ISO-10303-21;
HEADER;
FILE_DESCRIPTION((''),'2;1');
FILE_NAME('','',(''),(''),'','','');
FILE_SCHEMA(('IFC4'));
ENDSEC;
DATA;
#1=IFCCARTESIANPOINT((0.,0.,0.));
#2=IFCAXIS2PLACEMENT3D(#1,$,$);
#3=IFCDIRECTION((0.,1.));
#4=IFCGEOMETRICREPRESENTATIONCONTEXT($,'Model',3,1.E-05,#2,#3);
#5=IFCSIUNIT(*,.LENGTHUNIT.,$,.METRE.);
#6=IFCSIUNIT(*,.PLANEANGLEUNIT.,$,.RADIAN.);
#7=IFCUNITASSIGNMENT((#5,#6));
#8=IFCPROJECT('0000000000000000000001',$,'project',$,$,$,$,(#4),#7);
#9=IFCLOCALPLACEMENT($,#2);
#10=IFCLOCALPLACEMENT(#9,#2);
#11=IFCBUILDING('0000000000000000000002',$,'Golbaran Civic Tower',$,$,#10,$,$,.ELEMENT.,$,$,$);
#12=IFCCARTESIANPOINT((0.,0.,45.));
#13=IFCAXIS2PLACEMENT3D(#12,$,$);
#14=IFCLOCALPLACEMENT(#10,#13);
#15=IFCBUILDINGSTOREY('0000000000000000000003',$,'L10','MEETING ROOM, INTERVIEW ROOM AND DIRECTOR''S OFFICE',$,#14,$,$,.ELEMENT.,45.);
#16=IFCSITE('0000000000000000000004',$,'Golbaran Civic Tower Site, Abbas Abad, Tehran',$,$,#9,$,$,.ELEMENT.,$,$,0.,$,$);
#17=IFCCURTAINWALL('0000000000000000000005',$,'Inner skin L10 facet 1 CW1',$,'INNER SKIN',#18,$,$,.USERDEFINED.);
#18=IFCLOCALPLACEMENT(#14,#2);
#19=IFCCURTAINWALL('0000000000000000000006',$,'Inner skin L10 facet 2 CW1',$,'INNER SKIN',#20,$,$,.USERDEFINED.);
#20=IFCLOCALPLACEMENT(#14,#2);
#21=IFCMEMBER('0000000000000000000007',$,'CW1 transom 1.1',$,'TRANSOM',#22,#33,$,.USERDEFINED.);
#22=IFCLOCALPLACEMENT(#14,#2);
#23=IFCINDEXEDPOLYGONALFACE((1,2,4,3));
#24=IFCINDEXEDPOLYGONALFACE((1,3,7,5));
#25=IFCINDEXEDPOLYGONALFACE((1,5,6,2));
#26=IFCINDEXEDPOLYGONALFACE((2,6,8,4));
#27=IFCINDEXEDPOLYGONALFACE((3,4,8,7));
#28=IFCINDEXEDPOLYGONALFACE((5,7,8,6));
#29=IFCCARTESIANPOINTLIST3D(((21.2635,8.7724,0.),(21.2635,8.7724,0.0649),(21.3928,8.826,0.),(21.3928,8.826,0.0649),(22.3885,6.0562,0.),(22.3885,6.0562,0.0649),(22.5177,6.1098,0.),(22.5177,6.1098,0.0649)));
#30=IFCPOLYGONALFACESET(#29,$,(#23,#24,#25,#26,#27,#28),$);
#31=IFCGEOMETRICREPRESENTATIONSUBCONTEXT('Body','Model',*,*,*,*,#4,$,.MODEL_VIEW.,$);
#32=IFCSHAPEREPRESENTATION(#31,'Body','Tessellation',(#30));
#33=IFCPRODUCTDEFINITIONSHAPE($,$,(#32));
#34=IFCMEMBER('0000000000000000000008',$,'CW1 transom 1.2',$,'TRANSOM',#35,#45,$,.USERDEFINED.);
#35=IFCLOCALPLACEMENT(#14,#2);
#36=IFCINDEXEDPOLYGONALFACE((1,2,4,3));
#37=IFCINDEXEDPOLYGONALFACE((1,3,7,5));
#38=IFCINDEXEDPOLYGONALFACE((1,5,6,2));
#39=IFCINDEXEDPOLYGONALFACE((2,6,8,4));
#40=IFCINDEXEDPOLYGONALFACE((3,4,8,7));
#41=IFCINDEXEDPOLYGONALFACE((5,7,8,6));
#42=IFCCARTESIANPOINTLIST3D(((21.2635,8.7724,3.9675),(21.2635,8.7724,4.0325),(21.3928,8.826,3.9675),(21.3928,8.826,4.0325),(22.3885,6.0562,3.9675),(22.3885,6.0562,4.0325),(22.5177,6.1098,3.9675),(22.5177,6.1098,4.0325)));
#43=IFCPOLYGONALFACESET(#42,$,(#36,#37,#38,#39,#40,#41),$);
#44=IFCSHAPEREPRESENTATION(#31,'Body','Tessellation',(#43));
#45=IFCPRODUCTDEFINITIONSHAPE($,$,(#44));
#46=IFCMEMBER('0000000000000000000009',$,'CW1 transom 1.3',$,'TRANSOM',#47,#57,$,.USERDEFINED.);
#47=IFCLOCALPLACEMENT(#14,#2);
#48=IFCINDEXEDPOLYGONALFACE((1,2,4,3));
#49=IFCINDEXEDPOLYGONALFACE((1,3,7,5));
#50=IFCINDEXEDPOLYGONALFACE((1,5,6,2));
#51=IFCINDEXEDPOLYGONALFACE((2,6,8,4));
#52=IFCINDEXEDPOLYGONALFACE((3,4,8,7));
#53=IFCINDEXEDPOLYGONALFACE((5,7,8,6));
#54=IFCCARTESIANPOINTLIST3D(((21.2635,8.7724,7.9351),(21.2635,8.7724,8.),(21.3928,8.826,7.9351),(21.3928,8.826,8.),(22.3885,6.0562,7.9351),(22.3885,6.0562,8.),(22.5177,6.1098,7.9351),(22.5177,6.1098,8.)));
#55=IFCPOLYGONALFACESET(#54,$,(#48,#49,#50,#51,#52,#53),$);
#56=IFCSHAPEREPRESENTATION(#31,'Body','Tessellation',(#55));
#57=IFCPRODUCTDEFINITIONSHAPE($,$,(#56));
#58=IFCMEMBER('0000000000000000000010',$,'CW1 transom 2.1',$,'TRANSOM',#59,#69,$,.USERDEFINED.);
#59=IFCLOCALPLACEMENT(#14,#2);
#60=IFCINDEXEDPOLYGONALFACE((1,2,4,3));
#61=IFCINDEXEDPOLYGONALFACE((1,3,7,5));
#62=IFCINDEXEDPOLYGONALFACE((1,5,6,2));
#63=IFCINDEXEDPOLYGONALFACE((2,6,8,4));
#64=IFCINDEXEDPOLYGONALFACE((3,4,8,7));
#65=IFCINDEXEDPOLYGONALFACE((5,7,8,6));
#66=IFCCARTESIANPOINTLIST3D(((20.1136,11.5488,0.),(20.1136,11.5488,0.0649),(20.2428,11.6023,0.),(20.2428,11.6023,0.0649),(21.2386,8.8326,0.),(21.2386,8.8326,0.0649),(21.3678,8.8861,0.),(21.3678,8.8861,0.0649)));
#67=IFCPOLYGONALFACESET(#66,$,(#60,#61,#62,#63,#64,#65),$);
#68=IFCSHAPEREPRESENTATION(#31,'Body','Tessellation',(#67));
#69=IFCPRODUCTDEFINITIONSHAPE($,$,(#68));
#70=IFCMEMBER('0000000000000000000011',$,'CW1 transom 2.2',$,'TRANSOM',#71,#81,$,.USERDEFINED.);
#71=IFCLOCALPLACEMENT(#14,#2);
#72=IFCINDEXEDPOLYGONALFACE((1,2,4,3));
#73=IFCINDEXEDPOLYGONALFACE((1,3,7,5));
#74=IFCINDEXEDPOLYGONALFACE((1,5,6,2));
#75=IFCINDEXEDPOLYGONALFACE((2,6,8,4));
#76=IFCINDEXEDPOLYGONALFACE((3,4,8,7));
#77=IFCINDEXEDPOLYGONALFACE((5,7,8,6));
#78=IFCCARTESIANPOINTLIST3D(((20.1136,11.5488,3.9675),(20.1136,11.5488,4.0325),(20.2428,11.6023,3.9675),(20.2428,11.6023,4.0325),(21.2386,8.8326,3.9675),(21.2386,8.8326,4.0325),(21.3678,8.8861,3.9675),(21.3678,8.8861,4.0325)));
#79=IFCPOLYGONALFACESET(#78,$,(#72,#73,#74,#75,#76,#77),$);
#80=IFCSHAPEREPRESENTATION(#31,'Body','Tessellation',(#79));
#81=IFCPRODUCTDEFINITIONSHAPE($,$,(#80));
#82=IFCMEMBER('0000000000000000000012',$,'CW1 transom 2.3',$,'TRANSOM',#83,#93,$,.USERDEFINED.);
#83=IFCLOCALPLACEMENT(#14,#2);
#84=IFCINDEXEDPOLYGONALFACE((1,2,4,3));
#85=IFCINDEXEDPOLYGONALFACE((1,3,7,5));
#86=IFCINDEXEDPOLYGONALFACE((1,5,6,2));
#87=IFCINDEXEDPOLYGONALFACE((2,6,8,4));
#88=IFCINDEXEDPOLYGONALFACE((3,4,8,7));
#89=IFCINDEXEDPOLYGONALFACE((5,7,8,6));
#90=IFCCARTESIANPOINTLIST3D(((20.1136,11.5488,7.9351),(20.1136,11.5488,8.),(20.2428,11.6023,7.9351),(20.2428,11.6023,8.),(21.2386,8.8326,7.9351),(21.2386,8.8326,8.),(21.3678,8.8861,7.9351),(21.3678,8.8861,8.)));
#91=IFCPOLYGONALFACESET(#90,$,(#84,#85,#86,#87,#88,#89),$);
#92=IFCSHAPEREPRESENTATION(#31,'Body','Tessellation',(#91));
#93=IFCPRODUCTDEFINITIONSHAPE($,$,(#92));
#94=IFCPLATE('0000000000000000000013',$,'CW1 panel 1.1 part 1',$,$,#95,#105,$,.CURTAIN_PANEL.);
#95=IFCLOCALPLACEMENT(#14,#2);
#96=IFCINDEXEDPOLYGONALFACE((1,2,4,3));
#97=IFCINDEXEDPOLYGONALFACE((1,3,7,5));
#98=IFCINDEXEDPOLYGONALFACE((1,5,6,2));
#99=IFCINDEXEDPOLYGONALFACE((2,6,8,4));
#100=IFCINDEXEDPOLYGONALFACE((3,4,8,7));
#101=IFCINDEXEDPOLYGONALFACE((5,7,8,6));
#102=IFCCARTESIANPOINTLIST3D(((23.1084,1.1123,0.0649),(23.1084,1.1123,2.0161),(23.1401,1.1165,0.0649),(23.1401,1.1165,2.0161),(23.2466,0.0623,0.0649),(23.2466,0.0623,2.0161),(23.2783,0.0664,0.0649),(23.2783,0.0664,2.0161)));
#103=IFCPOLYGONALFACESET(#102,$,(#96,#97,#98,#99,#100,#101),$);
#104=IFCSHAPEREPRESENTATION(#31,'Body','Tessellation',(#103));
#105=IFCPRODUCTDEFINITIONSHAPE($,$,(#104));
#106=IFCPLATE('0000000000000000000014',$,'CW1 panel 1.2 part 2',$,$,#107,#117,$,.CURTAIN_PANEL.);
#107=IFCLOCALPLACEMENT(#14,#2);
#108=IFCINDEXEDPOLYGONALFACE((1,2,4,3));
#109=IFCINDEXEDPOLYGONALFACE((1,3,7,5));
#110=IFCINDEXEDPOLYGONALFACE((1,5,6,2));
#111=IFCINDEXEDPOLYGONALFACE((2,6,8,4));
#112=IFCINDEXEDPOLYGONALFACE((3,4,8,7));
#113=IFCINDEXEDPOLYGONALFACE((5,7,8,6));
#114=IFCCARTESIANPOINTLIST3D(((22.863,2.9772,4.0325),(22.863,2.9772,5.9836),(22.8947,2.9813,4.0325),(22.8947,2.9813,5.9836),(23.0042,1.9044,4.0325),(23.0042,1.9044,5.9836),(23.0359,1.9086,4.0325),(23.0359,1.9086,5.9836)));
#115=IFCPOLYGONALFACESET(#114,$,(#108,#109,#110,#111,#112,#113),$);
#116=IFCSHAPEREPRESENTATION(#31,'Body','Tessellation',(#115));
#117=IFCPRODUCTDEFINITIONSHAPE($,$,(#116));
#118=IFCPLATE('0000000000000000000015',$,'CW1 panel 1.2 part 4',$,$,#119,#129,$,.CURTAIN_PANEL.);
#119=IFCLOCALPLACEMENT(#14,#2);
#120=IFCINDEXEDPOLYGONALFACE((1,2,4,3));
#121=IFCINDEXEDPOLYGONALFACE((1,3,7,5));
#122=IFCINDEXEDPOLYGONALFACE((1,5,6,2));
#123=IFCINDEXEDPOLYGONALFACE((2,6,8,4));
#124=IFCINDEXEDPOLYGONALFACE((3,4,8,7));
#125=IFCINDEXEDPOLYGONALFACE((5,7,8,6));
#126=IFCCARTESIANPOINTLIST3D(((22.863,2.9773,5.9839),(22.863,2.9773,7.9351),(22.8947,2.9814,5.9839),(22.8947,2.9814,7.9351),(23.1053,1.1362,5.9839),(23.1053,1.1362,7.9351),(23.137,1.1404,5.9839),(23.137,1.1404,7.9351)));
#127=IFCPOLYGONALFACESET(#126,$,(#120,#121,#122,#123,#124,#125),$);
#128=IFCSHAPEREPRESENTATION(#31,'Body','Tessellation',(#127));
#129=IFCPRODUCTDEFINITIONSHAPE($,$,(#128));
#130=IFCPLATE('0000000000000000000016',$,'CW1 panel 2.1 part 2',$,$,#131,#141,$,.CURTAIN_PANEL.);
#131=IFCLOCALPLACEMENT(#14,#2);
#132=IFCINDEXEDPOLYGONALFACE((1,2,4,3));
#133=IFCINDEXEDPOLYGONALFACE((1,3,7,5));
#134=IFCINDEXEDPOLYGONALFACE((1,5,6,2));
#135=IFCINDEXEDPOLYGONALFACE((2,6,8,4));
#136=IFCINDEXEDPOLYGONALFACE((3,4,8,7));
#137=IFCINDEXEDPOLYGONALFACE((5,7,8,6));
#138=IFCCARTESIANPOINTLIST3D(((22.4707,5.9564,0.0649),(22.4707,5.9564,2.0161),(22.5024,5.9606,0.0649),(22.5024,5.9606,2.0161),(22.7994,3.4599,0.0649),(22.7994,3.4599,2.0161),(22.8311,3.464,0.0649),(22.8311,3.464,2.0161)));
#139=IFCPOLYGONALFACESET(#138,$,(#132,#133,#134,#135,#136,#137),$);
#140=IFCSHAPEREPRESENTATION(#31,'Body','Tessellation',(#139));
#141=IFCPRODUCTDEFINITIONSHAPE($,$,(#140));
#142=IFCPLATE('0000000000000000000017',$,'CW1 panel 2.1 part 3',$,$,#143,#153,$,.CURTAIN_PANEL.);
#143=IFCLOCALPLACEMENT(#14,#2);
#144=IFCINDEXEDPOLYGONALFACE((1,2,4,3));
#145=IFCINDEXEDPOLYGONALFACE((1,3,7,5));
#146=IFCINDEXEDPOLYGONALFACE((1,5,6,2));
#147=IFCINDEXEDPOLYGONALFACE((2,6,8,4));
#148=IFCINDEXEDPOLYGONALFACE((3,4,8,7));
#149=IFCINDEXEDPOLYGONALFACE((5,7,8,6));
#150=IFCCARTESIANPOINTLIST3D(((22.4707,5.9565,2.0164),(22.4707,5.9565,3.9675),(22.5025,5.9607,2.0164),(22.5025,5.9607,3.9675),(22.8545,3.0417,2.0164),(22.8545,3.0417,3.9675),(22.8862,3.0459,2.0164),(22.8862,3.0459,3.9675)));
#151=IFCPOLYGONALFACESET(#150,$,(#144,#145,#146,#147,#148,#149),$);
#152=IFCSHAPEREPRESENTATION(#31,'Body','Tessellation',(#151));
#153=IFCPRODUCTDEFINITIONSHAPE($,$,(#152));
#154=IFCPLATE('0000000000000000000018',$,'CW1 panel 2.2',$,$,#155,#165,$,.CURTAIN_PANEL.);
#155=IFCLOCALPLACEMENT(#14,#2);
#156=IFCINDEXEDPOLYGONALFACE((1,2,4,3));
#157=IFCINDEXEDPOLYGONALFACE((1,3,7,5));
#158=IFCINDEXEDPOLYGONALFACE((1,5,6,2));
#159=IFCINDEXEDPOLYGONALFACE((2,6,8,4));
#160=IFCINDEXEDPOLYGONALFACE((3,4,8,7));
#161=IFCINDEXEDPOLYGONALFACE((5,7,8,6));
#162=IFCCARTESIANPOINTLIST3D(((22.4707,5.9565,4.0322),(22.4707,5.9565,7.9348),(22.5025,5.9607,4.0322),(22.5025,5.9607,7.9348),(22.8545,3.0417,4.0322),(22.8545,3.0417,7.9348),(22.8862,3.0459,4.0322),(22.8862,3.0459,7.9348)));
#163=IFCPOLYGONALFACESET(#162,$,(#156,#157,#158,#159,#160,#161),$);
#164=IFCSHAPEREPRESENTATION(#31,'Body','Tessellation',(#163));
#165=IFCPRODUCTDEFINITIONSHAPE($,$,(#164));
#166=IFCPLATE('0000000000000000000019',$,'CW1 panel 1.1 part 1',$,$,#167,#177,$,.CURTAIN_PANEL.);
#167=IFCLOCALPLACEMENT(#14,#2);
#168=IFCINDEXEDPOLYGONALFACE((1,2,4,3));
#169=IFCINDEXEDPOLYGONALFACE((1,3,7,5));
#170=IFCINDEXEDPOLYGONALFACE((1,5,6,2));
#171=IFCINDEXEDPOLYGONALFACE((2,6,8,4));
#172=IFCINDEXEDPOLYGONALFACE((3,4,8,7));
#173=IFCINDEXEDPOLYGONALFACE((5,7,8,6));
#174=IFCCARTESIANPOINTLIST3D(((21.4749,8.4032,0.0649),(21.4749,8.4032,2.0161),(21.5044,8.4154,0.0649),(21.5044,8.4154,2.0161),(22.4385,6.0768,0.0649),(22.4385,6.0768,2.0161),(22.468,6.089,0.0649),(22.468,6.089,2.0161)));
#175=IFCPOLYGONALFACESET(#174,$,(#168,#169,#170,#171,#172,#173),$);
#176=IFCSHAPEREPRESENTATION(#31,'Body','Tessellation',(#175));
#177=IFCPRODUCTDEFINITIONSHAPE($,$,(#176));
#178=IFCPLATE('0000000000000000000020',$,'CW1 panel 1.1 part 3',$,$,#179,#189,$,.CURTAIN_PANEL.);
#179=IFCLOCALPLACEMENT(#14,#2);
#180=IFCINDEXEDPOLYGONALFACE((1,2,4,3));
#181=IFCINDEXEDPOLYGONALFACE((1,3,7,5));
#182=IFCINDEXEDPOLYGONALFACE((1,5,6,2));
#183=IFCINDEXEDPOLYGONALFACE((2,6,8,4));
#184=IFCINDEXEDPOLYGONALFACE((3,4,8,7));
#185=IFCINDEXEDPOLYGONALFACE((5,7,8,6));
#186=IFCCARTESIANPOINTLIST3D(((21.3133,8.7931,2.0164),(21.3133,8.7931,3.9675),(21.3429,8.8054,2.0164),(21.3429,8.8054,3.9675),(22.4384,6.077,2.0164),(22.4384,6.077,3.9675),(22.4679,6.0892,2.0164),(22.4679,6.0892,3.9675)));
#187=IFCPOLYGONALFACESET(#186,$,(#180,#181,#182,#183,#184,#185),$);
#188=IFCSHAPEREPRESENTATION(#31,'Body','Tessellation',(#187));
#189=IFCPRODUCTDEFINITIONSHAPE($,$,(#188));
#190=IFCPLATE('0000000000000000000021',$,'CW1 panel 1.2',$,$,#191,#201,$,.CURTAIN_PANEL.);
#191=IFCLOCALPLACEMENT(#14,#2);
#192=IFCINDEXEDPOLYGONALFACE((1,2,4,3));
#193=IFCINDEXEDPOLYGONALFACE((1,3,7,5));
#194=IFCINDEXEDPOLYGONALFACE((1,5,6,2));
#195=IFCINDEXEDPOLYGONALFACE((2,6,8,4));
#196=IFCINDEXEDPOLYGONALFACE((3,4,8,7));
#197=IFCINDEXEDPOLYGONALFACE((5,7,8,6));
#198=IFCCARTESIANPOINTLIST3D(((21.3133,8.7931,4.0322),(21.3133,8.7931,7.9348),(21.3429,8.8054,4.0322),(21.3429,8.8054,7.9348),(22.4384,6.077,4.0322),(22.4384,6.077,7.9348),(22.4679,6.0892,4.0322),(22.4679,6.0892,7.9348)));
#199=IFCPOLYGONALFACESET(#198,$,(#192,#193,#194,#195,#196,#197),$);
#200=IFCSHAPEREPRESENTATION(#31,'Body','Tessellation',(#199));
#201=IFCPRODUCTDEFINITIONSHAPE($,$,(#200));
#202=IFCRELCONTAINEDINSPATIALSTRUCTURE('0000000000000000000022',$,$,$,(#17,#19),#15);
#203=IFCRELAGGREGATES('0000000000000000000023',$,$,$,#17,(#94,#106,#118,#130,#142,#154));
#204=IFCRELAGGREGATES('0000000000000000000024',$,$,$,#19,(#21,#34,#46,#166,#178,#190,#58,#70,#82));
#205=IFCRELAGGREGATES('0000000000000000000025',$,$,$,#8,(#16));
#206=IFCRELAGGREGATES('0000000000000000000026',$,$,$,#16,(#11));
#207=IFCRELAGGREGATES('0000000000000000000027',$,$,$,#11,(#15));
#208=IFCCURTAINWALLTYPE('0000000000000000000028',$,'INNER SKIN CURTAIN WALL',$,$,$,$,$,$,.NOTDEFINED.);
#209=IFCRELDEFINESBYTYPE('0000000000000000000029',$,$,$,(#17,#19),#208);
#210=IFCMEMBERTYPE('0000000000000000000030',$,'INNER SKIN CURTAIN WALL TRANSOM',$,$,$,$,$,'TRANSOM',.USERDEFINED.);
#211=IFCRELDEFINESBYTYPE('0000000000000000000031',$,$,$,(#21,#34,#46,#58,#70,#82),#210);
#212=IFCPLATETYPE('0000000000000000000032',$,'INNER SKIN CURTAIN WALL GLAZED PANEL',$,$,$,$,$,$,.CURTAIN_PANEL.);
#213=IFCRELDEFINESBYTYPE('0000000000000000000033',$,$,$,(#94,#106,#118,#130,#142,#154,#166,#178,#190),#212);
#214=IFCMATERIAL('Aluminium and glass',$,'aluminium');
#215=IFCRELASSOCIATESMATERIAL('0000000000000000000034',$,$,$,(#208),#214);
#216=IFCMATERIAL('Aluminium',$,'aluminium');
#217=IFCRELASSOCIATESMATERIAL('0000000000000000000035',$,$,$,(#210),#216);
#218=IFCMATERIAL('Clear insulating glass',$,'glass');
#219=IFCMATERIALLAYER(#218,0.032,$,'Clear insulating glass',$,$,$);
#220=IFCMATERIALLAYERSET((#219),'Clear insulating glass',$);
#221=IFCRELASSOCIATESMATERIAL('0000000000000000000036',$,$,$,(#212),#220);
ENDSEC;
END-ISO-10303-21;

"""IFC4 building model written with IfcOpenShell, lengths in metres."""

from ifc_helpers import new_model, si_unit, direction, frame, origin, origin_2d, place, context, subcontext, project, spatial, rectangle, extrude, material, layer, layer_set, material_profile, profile_set, type_object, element, aggregate, save


model = new_model("IFC4")

# Units and contexts
model_context = context("Model", 3, precision=1e-05, world=origin(), true_north=direction((0.0, 1.0)))
body_context = subcontext(model_context, "Body", "Model", "MODEL_VIEW")
ifc_project = project(units=[si_unit("LENGTHUNIT", "METRE"), si_unit("PLANEANGLEUNIT", "RADIAN")], contexts=[model_context])

# Site, building, storey
site_placement = place(None, origin())
site = spatial("IfcSite", under=ifc_project, at=site_placement, Name="Golbaran Civic Tower Site, Abbas Abad, Tehran", CompositionType="ELEMENT", RefElevation=0.0)
building_placement = place(site_placement, origin())
building = spatial("IfcBuilding", under=site, at=building_placement, Name="Golbaran Civic Tower", CompositionType="ELEMENT")
storey_placement = place(building_placement, frame((0.0, 0.0, 45.0)))
storey = spatial("IfcBuildingStorey", under=building, at=storey_placement, Name="L10", Description="MEETING ROOM, INTERVIEW ROOM AND DIRECTOR'S OFFICE", CompositionType="ELEMENT", Elevation=45.0)

# Curtain walls
ifc_material_1 = material(Name="Aluminium and glass", Category="aluminium")
curtain_wall_type = type_object("IfcCurtainWallType", Name="INNER SKIN CURTAIN WALL", PredefinedType="NOTDEFINED", material=ifc_material_1)
curtain_wall_1_placement = place(storey_placement, origin())
curtain_wall_1 = element("IfcCurtainWall", 1, at=curtain_wall_1_placement, inside=storey, type_object=curtain_wall_type, Name="Inner skin L10 facet 1 CW1", ObjectType="INNER SKIN", PredefinedType="USERDEFINED")
ifc_material_2 = material(Name="Aluminium", Category="aluminium")
curtain_wall_2_placement = place(storey_placement, origin())
curtain_wall_2 = element("IfcCurtainWall", 2, at=curtain_wall_2_placement, inside=storey, type_object=curtain_wall_type, Name="Inner skin L10 facet 2 CW1", ObjectType="INNER SKIN", PredefinedType="USERDEFINED")

# Members
ifc_material_profile_1 = material_profile(ifc_material_2, rectangle(XDim=0.1399, YDim=0.0649, at=origin_2d()), Name="INNER SKIN CURTAIN WALL TRANSOM")
ifc_profile_set_1 = profile_set([ifc_material_profile_1], Name="Aluminium")
member_type_1 = type_object("IfcMemberType", Name="INNER SKIN CURTAIN WALL TRANSOM", ElementType="TRANSOM", PredefinedType="USERDEFINED", material=ifc_profile_set_1)
member_1_placement = place(storey_placement, frame((22.4531, 6.083, 0.0325), z_axis=(-0.382645, 0.923895, 0.0), x_axis=(-0.923895, -0.382645, 0.0)))
member_1 = element("IfcMember", 3, at=member_1_placement, type_object=member_type_1, Name="CW1 transom 1.1", ObjectType="TRANSOM", PredefinedType="USERDEFINED", context=body_context, shape_type="SweptSolid", body=[
    extrude(rectangle(XDim=0.1399, YDim=0.0649, at=origin_2d()), origin(), (0.0, 0.0, 1.0), 2.9399),
])
member_2_placement = place(storey_placement, frame((22.4531, 6.083, 4.0), z_axis=(-0.382645, 0.923895, 0.0), x_axis=(-0.923895, -0.382645, 0.0)))
member_2 = element("IfcMember", 4, at=member_2_placement, type_object=member_type_1, Name="CW1 transom 1.2", ObjectType="TRANSOM", PredefinedType="USERDEFINED", context=body_context, shape_type="SweptSolid", body=[
    extrude(rectangle(XDim=0.1399, YDim=0.0649, at=origin_2d()), origin(), (0.0, 0.0, 1.0), 2.9399),
])
member_3_placement = place(storey_placement, frame((22.4531, 6.083, 7.9675), z_axis=(-0.382645, 0.923895, 0.0), x_axis=(-0.923895, -0.382645, 0.0)))
member_3 = element("IfcMember", 5, at=member_3_placement, type_object=member_type_1, Name="CW1 transom 1.3", ObjectType="TRANSOM", PredefinedType="USERDEFINED", context=body_context, shape_type="SweptSolid", body=[
    extrude(rectangle(XDim=0.1399, YDim=0.0649, at=origin_2d()), origin(), (0.0, 0.0, 1.0), 2.9399),
])
member_4_placement = place(storey_placement, frame((21.3032, 8.8594, 0.0325), z_axis=(-0.382675, 0.923883, 0.0), x_axis=(-0.923883, -0.382675, 0.0)))
member_4 = element("IfcMember", 6, at=member_4_placement, type_object=member_type_1, Name="CW1 transom 2.1", ObjectType="TRANSOM", PredefinedType="USERDEFINED", context=body_context, shape_type="SweptSolid", body=[
    extrude(rectangle(XDim=0.1399, YDim=0.0649, at=origin_2d()), origin(), (0.0, 0.0, 1.0), 2.9399),
])
member_5_placement = place(storey_placement, frame((21.3032, 8.8594, 4.0), z_axis=(-0.382675, 0.923883, 0.0), x_axis=(-0.923883, -0.382675, 0.0)))
member_5 = element("IfcMember", 7, at=member_5_placement, type_object=member_type_1, Name="CW1 transom 2.2", ObjectType="TRANSOM", PredefinedType="USERDEFINED", context=body_context, shape_type="SweptSolid", body=[
    extrude(rectangle(XDim=0.1399, YDim=0.0649, at=origin_2d()), origin(), (0.0, 0.0, 1.0), 2.9399),
])
member_6_placement = place(storey_placement, frame((21.3032, 8.8594, 7.9675), z_axis=(-0.382675, 0.923883, 0.0), x_axis=(-0.923883, -0.382675, 0.0)))
member_6 = element("IfcMember", 8, at=member_6_placement, type_object=member_type_1, Name="CW1 transom 2.3", ObjectType="TRANSOM", PredefinedType="USERDEFINED", context=body_context, shape_type="SweptSolid", body=[
    extrude(rectangle(XDim=0.1399, YDim=0.0649, at=origin_2d()), origin(), (0.0, 0.0, 1.0), 2.9399),
])

# Plates
ifc_material_3 = material(Name="Clear insulating glass", Category="glass")
ifc_layer_1 = layer(ifc_material_3, 0.032, Name="Clear insulating glass")
ifc_layer_set_1 = layer_set([ifc_layer_1], Name="Clear insulating glass")
plate_type_1 = type_object("IfcPlateType", Name="INNER SKIN CURTAIN WALL GLAZED PANEL", PredefinedType="CURTAIN_PANEL", material=ifc_layer_set_1)
plate_1_placement = place(storey_placement, frame((23.1934, 0.5894, 0.0649), z_axis=(0.0, 0.0, 1.0), x_axis=(-0.130526, 0.991445, 0.0)))
plate_1 = element("IfcPlate", 9, at=plate_1_placement, type_object=plate_type_1, Name="CW1 panel 1.1 part 1", PredefinedType="CURTAIN_PANEL", context=body_context, shape_type="SweptSolid", body=[
    extrude(rectangle(XDim=1.0591, YDim=0.032, at=origin_2d()), origin(), (0.0, 0.0, 1.0), 1.9512),
])
plate_2_placement = place(storey_placement, frame((22.9495, 2.4429, 4.0325), z_axis=(0.0, 0.0, 1.0), x_axis=(-0.130526, 0.991445, 0.0)))
plate_2 = element("IfcPlate", 10, at=plate_2_placement, type_object=plate_type_1, Name="CW1 panel 1.2 part 2", PredefinedType="CURTAIN_PANEL", context=body_context, shape_type="SweptSolid", body=[
    extrude(rectangle(XDim=1.082, YDim=0.032, at=origin_2d()), origin(), (0.0, 0.0, 1.0), 1.9512),
])
plate_3_placement = place(storey_placement, frame((23.0, 2.0588, 5.9839), z_axis=(0.0, 0.0, 1.0), x_axis=(-0.130526, 0.991445, 0.0)))
plate_3 = element("IfcPlate", 11, at=plate_3_placement, type_object=plate_type_1, Name="CW1 panel 1.2 part 4", PredefinedType="CURTAIN_PANEL", context=body_context, shape_type="SweptSolid", body=[
    extrude(rectangle(XDim=1.8569, YDim=0.032, at=origin_2d()), origin(), (0.0, 0.0, 1.0), 1.9512),
])
plate_4_placement = place(storey_placement, frame((22.6509, 4.7102, 0.0649), z_axis=(0.0, 0.0, 1.0), x_axis=(-0.130526, 0.991445, 0.0)))
plate_4 = element("IfcPlate", 12, at=plate_4_placement, type_object=plate_type_1, Name="CW1 panel 2.1 part 2", PredefinedType="CURTAIN_PANEL", context=body_context, shape_type="SweptSolid", body=[
    extrude(rectangle(XDim=2.5181, YDim=0.032, at=origin_2d()), origin(), (0.0, 0.0, 1.0), 1.9512),
])
plate_5_placement = place(storey_placement, frame((22.6785, 4.5012, 2.0164), z_axis=(0.0, 0.0, 1.0), x_axis=(-0.130526, 0.991445, 0.0)))
plate_5 = element("IfcPlate", 13, at=plate_5_placement, type_object=plate_type_1, Name="CW1 panel 2.1 part 3", PredefinedType="CURTAIN_PANEL", context=body_context, shape_type="SweptSolid", body=[
    extrude(rectangle(XDim=2.9399, YDim=0.032, at=origin_2d()), origin(), (0.0, 0.0, 1.0), 1.9512),
])
plate_6_placement = place(storey_placement, frame((22.6785, 4.5012, 4.0322), z_axis=(0.0, 0.0, 1.0), x_axis=(-0.130526, 0.991445, 0.0)))
plate_6 = element("IfcPlate", 14, at=plate_6_placement, type_object=plate_type_1, Name="CW1 panel 2.2", PredefinedType="CURTAIN_PANEL", context=body_context, shape_type="SweptSolid", body=[
    extrude(rectangle(XDim=2.9399, YDim=0.032, at=origin_2d()), origin(), (0.0, 0.0, 1.0), 3.9026),
])
plate_7_placement = place(storey_placement, frame((21.9714, 7.2461, 0.0649), z_axis=(0.0, 0.0, 1.0), x_axis=(-0.382683, 0.92388, 0.0)))
plate_7 = element("IfcPlate", 15, at=plate_7_placement, type_object=plate_type_1, Name="CW1 panel 1.1 part 1", PredefinedType="CURTAIN_PANEL", context=body_context, shape_type="SweptSolid", body=[
    extrude(rectangle(XDim=2.5181, YDim=0.032, at=origin_2d()), origin(), (0.0, 0.0, 1.0), 1.9512),
])
plate_8_placement = place(storey_placement, frame((21.8906, 7.4412, 2.0164), z_axis=(0.0, 0.0, 1.0), x_axis=(-0.382683, 0.92388, 0.0)))
plate_8 = element("IfcPlate", 16, at=plate_8_placement, type_object=plate_type_1, Name="CW1 panel 1.1 part 3", PredefinedType="CURTAIN_PANEL", context=body_context, shape_type="SweptSolid", body=[
    extrude(rectangle(XDim=2.9399, YDim=0.032, at=origin_2d()), origin(), (0.0, 0.0, 1.0), 1.9512),
])
plate_9_placement = place(storey_placement, frame((21.8906, 7.4412, 4.0322), z_axis=(0.0, 0.0, 1.0), x_axis=(-0.382683, 0.92388, 0.0)))
plate_9 = element("IfcPlate", 17, at=plate_9_placement, type_object=plate_type_1, Name="CW1 panel 1.2", PredefinedType="CURTAIN_PANEL", context=body_context, shape_type="SweptSolid", body=[
    extrude(rectangle(XDim=2.9399, YDim=0.032, at=origin_2d()), origin(), (0.0, 0.0, 1.0), 3.9026),
])
aggregate(curtain_wall_1, [plate_1, plate_2, plate_3, plate_4, plate_5, plate_6])
aggregate(curtain_wall_2, [member_1, member_2, member_3, plate_7, plate_8, plate_9, member_4, member_5, member_6])

save(model, "model.ifc")
